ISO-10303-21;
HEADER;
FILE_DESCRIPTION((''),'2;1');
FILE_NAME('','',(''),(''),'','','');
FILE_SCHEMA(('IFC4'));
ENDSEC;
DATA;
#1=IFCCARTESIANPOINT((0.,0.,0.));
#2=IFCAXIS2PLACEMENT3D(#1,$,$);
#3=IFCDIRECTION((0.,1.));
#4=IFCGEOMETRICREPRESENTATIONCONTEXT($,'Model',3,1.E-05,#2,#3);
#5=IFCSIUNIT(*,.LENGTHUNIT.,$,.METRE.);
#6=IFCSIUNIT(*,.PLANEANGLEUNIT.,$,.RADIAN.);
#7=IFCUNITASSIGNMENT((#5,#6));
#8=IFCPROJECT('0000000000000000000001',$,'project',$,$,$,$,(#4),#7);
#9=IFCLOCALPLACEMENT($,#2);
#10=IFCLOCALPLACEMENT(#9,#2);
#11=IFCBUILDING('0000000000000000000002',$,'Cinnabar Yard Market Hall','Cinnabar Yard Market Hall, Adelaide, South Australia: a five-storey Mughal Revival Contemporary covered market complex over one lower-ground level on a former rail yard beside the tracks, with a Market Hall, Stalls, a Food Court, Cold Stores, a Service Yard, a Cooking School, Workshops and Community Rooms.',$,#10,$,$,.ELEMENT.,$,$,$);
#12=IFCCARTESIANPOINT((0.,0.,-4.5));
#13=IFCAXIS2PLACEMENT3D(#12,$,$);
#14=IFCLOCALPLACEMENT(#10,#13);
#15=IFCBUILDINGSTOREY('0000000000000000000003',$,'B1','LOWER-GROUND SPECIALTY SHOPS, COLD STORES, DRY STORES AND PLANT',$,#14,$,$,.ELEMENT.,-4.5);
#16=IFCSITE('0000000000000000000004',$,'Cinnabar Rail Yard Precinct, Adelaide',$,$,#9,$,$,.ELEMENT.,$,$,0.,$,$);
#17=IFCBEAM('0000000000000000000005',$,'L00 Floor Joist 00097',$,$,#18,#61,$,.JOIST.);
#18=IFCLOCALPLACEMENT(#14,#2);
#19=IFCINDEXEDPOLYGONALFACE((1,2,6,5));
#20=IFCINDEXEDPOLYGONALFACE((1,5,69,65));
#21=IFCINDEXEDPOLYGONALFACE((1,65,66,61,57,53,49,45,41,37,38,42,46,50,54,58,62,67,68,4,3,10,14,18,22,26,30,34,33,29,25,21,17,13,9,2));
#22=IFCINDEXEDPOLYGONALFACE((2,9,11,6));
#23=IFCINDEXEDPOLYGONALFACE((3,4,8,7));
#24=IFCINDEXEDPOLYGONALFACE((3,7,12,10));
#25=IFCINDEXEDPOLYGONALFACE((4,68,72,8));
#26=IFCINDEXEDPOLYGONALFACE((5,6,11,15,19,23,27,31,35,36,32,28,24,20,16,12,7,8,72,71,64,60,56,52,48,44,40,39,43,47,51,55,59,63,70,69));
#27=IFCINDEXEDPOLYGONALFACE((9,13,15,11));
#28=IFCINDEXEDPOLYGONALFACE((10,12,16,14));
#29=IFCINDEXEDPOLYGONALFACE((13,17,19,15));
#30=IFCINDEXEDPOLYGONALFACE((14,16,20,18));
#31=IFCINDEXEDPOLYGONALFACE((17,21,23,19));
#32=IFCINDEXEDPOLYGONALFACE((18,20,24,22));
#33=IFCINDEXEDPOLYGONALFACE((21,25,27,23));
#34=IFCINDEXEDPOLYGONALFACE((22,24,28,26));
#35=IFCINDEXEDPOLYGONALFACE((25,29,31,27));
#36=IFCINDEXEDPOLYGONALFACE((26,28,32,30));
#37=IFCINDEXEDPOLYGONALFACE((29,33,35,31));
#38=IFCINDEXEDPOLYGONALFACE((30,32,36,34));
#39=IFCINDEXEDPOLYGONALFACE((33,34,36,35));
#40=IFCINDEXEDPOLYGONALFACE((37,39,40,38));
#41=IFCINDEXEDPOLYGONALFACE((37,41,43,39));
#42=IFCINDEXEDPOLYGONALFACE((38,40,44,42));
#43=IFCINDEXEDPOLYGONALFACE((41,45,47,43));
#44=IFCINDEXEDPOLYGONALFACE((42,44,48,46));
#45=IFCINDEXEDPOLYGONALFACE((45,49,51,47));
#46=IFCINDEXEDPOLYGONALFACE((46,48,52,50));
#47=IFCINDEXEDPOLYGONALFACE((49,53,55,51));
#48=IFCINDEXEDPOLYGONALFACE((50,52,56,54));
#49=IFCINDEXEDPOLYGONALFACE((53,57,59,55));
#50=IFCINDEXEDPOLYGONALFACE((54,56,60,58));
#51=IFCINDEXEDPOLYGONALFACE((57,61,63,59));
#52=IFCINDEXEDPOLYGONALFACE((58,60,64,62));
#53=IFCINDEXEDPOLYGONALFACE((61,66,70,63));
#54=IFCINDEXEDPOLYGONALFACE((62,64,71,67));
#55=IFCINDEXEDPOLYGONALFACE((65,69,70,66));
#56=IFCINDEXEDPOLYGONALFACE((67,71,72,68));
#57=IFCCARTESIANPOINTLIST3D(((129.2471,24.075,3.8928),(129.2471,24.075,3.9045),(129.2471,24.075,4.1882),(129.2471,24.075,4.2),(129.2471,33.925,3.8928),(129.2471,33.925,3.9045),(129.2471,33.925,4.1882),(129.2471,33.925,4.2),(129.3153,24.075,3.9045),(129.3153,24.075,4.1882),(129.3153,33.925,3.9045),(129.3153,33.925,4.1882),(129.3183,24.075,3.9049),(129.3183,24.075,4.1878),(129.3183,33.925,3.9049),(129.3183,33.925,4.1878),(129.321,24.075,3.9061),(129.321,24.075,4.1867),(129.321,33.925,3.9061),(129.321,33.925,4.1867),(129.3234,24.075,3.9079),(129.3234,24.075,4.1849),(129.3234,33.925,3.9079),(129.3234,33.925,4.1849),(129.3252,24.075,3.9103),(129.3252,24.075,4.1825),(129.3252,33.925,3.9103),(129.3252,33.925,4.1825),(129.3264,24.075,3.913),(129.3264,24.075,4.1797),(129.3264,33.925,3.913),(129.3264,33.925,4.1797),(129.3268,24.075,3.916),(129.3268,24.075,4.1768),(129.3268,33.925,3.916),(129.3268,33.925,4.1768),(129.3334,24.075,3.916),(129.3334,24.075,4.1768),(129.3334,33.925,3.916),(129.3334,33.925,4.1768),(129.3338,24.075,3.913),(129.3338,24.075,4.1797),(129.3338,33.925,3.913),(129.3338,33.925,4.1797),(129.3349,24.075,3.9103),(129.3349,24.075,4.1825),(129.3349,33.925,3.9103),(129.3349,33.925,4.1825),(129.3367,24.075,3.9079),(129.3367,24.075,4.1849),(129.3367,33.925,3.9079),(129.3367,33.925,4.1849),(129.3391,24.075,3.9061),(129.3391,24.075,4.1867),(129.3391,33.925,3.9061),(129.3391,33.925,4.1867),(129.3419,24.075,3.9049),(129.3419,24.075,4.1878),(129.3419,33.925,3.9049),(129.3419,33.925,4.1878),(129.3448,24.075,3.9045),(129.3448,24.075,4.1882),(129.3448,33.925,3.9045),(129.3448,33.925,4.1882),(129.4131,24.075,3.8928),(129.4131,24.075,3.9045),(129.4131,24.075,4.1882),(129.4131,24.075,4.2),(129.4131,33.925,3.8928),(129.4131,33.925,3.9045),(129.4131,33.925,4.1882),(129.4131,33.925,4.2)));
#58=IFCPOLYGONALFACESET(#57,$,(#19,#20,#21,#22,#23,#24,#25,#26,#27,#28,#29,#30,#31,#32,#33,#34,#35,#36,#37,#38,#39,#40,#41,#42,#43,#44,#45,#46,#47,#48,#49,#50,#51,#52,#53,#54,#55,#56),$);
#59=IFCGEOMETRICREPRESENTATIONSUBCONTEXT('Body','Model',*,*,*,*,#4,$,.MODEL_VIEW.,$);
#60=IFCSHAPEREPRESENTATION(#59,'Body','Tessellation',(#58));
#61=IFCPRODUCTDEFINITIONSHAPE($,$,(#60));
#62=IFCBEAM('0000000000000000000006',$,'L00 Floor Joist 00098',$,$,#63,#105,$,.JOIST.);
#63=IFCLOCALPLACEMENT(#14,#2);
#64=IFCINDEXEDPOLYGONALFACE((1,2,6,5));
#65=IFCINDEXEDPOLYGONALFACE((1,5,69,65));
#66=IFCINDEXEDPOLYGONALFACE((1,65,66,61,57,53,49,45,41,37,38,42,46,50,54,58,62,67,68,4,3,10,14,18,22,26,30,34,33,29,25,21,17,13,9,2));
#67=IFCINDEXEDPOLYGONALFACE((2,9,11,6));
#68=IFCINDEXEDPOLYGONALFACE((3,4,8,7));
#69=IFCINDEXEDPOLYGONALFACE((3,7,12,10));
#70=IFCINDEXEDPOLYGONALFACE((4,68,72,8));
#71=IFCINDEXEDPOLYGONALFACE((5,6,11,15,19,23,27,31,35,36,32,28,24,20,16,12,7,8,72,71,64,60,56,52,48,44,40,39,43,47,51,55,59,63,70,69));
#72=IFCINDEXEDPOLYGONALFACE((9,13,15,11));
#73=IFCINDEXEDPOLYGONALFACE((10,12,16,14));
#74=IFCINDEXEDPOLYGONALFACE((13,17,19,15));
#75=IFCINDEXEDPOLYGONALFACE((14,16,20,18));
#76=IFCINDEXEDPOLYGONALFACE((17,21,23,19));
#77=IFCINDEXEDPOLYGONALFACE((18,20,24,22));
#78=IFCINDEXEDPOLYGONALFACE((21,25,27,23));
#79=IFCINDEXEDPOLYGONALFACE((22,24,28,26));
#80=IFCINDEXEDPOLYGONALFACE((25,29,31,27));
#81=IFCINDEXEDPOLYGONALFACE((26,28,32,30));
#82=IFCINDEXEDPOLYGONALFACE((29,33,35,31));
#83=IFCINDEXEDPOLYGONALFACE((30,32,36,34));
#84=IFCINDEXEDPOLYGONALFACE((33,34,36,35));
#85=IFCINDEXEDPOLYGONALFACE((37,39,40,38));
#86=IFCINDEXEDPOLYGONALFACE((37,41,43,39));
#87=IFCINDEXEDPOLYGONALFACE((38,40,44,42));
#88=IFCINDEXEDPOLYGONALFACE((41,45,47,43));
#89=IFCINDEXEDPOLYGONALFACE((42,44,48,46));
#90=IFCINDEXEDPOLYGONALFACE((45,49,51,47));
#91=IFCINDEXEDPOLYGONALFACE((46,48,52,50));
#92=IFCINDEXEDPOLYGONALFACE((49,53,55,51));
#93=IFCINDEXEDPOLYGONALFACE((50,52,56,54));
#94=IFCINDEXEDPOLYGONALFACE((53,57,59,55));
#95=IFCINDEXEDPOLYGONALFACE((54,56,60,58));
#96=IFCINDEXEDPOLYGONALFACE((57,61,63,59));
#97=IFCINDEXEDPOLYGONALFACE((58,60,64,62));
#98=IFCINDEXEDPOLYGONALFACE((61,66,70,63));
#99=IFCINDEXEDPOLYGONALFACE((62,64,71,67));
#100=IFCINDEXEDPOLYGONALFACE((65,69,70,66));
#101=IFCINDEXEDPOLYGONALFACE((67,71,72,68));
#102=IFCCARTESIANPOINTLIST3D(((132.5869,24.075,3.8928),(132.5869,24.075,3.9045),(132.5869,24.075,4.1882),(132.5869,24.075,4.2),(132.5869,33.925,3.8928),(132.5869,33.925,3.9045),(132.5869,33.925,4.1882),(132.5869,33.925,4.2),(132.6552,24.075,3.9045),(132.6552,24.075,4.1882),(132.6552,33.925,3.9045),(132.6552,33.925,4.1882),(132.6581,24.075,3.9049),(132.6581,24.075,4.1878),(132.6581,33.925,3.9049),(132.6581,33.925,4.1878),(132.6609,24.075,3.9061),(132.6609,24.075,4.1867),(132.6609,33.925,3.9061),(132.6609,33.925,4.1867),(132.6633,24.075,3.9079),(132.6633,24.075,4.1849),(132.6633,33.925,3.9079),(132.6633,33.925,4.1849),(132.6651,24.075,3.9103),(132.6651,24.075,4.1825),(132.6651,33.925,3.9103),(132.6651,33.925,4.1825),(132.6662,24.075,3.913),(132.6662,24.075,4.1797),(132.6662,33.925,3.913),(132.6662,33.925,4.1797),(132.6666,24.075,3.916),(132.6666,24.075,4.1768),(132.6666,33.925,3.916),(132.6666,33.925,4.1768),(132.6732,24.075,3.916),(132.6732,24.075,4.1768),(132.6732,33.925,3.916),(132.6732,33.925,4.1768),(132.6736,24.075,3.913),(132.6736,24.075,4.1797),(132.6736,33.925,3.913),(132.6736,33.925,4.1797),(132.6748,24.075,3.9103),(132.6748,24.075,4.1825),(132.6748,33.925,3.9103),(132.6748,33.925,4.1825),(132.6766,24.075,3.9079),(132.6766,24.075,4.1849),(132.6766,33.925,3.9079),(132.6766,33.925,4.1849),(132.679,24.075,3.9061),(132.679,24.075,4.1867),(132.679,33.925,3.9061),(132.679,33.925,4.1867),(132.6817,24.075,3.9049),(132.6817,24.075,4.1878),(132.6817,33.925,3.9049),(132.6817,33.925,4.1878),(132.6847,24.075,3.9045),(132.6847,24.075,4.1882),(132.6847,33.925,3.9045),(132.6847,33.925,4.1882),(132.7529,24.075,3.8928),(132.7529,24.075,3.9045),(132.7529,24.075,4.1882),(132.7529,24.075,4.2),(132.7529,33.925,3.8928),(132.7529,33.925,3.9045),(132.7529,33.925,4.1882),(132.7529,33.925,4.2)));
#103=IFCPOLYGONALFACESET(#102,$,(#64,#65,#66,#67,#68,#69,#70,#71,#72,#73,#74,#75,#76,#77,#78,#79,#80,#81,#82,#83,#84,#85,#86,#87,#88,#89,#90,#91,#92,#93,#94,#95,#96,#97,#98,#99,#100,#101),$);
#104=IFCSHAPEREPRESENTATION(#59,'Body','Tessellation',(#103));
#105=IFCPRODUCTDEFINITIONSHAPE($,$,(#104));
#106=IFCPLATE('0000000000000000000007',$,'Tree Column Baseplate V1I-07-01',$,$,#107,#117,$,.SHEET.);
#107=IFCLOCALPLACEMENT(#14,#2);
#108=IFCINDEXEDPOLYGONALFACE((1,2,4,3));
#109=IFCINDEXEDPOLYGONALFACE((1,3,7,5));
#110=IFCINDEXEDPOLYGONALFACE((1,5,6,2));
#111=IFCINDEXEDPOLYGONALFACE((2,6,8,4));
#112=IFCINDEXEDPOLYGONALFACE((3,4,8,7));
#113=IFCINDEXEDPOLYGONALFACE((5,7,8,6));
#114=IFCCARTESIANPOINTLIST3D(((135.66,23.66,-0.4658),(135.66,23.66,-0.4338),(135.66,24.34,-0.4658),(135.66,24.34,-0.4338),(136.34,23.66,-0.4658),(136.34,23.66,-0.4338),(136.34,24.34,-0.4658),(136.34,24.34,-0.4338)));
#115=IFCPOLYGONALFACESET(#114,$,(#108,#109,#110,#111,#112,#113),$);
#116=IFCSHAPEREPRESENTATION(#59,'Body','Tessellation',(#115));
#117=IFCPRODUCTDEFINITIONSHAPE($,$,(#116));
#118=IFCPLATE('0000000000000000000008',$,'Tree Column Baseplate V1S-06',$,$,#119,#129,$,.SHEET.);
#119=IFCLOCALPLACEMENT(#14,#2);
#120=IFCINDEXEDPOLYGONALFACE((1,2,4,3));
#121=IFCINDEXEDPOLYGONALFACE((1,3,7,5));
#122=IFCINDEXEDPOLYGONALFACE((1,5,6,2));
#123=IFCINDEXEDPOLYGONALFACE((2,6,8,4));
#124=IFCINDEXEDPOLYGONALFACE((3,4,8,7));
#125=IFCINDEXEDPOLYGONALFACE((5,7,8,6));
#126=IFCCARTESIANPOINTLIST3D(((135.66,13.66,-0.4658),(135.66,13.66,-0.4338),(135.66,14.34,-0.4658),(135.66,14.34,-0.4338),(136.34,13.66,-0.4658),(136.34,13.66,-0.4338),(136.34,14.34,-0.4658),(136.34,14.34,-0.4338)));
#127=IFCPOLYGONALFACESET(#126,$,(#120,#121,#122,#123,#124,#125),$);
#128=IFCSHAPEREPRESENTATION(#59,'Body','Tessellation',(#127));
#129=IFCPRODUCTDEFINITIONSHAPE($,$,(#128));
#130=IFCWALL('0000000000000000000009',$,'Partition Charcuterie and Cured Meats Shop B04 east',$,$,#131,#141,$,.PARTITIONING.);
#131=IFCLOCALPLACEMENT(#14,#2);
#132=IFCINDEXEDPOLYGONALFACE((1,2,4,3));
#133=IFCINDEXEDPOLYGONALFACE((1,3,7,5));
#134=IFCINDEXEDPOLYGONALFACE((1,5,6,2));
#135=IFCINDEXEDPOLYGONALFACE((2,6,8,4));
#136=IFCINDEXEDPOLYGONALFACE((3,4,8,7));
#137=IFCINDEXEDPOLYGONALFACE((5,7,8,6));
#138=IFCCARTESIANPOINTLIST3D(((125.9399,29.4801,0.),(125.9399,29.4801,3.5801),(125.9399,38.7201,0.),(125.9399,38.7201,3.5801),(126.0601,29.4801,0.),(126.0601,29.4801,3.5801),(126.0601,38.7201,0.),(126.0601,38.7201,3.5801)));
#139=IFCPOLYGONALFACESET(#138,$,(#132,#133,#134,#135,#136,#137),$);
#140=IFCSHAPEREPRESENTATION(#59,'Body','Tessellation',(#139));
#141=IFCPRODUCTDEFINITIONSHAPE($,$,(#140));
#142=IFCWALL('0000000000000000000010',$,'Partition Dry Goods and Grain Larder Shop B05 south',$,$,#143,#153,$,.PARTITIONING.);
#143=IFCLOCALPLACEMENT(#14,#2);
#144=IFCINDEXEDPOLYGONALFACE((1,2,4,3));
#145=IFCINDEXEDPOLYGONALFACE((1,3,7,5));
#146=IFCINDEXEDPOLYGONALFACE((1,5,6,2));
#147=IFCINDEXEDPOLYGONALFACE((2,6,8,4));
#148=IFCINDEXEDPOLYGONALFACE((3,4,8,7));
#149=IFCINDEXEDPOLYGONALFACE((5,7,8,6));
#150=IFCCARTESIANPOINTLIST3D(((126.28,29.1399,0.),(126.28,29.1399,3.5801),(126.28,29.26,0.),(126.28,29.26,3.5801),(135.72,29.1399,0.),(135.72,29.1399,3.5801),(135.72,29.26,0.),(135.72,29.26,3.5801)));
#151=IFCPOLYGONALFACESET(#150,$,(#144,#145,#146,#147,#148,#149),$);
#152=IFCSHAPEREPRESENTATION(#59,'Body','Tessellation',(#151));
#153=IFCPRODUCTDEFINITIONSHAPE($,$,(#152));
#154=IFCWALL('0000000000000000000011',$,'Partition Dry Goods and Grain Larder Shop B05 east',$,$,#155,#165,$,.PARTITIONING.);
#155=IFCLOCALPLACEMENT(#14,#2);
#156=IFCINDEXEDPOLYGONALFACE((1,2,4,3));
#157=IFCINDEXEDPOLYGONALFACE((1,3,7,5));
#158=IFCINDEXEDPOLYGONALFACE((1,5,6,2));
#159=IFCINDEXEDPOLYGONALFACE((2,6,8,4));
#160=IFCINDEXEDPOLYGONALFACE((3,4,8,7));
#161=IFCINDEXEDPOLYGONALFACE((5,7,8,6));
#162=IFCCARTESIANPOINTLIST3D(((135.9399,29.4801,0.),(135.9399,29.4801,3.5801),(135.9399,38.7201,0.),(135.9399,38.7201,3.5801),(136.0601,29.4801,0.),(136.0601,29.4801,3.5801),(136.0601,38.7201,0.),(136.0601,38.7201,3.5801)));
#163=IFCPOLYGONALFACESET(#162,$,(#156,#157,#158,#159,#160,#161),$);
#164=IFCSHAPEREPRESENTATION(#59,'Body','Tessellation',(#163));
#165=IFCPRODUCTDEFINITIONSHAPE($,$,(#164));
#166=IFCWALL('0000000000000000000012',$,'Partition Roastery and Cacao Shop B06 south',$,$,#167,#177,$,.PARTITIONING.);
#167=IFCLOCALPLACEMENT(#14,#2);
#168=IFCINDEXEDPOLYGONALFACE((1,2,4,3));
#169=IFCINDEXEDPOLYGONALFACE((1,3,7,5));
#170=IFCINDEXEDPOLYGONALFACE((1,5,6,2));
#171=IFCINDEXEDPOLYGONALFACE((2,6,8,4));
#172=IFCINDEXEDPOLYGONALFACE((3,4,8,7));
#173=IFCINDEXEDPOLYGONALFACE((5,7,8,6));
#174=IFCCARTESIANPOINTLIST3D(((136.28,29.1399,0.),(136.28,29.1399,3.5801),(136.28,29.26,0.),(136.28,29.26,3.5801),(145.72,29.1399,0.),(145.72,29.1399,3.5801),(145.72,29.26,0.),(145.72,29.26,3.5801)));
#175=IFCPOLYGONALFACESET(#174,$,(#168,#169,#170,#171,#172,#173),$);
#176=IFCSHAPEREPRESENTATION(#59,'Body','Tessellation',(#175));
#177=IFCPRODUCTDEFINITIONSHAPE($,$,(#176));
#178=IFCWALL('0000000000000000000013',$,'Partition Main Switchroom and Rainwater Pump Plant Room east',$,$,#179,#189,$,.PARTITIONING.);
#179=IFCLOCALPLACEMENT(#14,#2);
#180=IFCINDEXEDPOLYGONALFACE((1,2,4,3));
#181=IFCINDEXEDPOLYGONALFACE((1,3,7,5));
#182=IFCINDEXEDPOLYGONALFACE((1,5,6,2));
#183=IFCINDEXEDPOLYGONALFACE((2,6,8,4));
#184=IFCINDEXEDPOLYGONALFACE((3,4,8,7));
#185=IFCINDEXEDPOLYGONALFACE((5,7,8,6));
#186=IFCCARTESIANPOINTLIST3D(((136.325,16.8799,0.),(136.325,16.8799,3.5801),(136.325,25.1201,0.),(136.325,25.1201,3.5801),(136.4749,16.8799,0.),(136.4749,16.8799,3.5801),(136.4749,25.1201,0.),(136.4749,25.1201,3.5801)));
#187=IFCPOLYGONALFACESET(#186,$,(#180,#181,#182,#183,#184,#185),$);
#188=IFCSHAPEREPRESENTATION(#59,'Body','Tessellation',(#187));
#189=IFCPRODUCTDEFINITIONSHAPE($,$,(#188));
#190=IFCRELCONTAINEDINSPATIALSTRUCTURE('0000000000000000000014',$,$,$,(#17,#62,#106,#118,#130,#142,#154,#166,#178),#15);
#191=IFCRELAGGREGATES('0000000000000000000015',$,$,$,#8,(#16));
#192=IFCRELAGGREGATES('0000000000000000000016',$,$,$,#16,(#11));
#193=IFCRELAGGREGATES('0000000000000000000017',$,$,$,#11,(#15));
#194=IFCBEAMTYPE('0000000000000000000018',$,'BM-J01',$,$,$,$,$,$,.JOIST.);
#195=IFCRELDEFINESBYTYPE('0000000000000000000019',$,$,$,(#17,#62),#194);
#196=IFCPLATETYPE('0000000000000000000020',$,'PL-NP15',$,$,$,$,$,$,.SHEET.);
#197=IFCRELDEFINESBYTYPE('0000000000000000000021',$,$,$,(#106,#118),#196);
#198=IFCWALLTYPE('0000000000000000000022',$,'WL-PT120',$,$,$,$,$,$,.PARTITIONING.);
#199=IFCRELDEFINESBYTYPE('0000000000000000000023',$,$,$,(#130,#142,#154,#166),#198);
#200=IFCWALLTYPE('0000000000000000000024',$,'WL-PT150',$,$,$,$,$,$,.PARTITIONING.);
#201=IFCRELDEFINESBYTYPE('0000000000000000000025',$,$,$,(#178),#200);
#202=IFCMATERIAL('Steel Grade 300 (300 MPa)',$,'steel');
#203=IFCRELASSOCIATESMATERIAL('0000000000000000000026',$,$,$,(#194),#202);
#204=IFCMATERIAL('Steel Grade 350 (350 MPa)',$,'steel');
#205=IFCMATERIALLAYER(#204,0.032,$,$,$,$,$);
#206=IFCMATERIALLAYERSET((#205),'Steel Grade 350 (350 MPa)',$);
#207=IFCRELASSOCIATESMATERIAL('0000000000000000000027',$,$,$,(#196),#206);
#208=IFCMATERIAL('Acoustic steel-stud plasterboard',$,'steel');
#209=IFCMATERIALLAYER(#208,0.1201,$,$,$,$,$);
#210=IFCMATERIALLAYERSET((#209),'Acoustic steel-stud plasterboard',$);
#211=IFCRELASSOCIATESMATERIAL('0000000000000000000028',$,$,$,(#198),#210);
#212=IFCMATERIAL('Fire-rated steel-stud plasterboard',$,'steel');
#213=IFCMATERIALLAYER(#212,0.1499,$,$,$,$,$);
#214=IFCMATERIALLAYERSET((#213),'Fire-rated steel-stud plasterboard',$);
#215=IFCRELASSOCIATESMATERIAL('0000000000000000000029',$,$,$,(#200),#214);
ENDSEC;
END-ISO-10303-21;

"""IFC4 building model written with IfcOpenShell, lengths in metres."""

from ifc_helpers import new_model, si_unit, direction, frame, frame_2d, origin, origin_2d_with_axis, place, context, subcontext, project, spatial, rectangle, i_section, extrude, material, layer, layer_set, material_profile, profile_set, type_object, element, save


model = new_model("IFC4")

# Units and contexts
model_context = context("Model", 3, precision=1e-05, world=origin(), true_north=direction((0.0, 1.0)))
body_context = subcontext(model_context, "Body", "Model", "MODEL_VIEW")
ifc_project = project(units=[si_unit("LENGTHUNIT", "METRE"), si_unit("PLANEANGLEUNIT", "RADIAN")], contexts=[model_context])

# Site, building, storey
site_placement = place(None, origin())
site = spatial("IfcSite", under=ifc_project, at=site_placement, Name="Cinnabar Rail Yard Precinct, Adelaide", CompositionType="ELEMENT", RefElevation=0.0)
building_placement = place(site_placement, origin())
building = spatial("IfcBuilding", under=site, at=building_placement, Name="Cinnabar Yard Market Hall", Description="Cinnabar Yard Market Hall, Adelaide, South Australia: a five-storey Mughal Revival Contemporary covered market complex over one lower-ground level on a former rail yard beside the tracks, with a Market Hall, Stalls, a Food Court, Cold Stores, a Service Yard, a Cooking School, Workshops and Community Rooms.", CompositionType="ELEMENT")
storey_placement = place(building_placement, frame((0.0, 0.0, -4.5)))
storey = spatial("IfcBuildingStorey", under=building, at=storey_placement, Name="B1", Description="LOWER-GROUND SPECIALTY SHOPS, COLD STORES, DRY STORES AND PLANT", CompositionType="ELEMENT", Elevation=-4.5)

# Beams
ifc_material_1 = material(Name="Steel Grade 300 (300 MPa)", Category="steel")
ifc_material_profile_1 = material_profile(ifc_material_1, i_section(OverallWidth=0.166, OverallDepth=0.3071, WebThickness=0.0066, FlangeThickness=0.0117, FilletRadius=0.0115, at=origin_2d_with_axis()), Name="310UB46.2")
ifc_profile_set_1 = profile_set([ifc_material_profile_1], Name="Steel Grade 300 (300 MPa)")
beam_type_1 = type_object("IfcBeamType", Name="BM-J01", PredefinedType="JOIST", material=ifc_profile_set_1)
for number, where, z_axis, x_axis, name in (
    (1, (129.3301, 24.075, 4.0464), (0.0, 1.0, 0.0), (-1.0, 0.0, 0.0), "L00 Floor Joist 00097"),
    (2, (132.6699, 24.075, 4.0464), (0.0, 1.0, 0.0), (-1.0, 0.0, 0.0), "L00 Floor Joist 00098"),
):
    element("IfcBeam", number, at=place(storey_placement, frame(where, z_axis=z_axis, x_axis=x_axis)), inside=storey, type_object=beam_type_1, Name=name, PredefinedType="JOIST", context=body_context, shape_type="SweptSolid", body=[
        extrude(i_section(OverallWidth=0.166, OverallDepth=0.3071, WebThickness=0.0066, FlangeThickness=0.0117, FilletRadius=0.0115, at=origin_2d_with_axis()), origin(), (0.0, 0.0, 1.0), 9.8501),
    ])

# Plates
ifc_material_2 = material(Name="Steel Grade 350 (350 MPa)", Category="steel")
ifc_layer_1 = layer(ifc_material_2, 0.032)
ifc_layer_set_1 = layer_set([ifc_layer_1], Name="Steel Grade 350 (350 MPa)")
plate_type = type_object("IfcPlateType", Name="PL-NP15", PredefinedType="SHEET", material=ifc_layer_set_1)
for number, where, z_axis, x_axis, name in (
    (3, (136.0, 24.0, -0.4658), (0.0, 0.0, 1.0), (1.0, 0.0, 0.0), "Tree Column Baseplate V1I-07-01"),
    (4, (136.0, 14.0, -0.4658), (0.0, 0.0, 1.0), (1.0, 0.0, 0.0), "Tree Column Baseplate V1S-06"),
):
    element("IfcPlate", number, at=place(storey_placement, frame(where, z_axis=z_axis, x_axis=x_axis)), inside=storey, type_object=plate_type, Name=name, PredefinedType="SHEET", context=body_context, shape_type="SweptSolid", body=[
        extrude(rectangle(XDim=0.6799, YDim=0.6799, at=origin_2d_with_axis()), origin(), (0.0, 0.0, 1.0), 0.032),
    ])

# Walls
ifc_material_3 = material(Name="Acoustic steel-stud plasterboard", Category="steel")
ifc_layer_2 = layer(ifc_material_3, 0.1201)
ifc_layer_set_2 = layer_set([ifc_layer_2], Name="Acoustic steel-stud plasterboard")
wall_type_1 = type_object("IfcWallType", Name="WL-PT120", PredefinedType="PARTITIONING", material=ifc_layer_set_2)
wall_1_placement = place(storey_placement, frame((126.0, 29.48, 0.0), z_axis=(0.0, 0.0, 1.0), x_axis=(0.0, 1.0, 0.0)))
element("IfcWall", 5, at=wall_1_placement, inside=storey, type_object=wall_type_1, Name="Partition Charcuterie and Cured Meats Shop B04 east", PredefinedType="PARTITIONING", context=body_context, shape_type="SweptSolid", body=[
    extrude(rectangle(XDim=9.24, YDim=0.1201, at=frame_2d((4.6201, 0.0), x_axis=(1.0, 0.0))), origin(), (0.0, 0.0, 1.0), 3.5801),
])
wall_2_placement = place(storey_placement, frame((126.28, 29.2, 0.0), z_axis=(0.0, 0.0, 1.0), x_axis=(1.0, 0.0, 0.0)))
element("IfcWall", 6, at=wall_2_placement, inside=storey, type_object=wall_type_1, Name="Partition Dry Goods and Grain Larder Shop B05 south", PredefinedType="PARTITIONING", context=body_context, shape_type="SweptSolid", body=[
    extrude(rectangle(XDim=9.4399, YDim=0.1201, at=frame_2d((4.72, 0.0), x_axis=(1.0, 0.0))), origin(), (0.0, 0.0, 1.0), 3.5801),
])
wall_3_placement = place(storey_placement, frame((136.0, 29.48, 0.0), z_axis=(0.0, 0.0, 1.0), x_axis=(0.0, 1.0, 0.0)))
element("IfcWall", 7, at=wall_3_placement, inside=storey, type_object=wall_type_1, Name="Partition Dry Goods and Grain Larder Shop B05 east", PredefinedType="PARTITIONING", context=body_context, shape_type="SweptSolid", body=[
    extrude(rectangle(XDim=9.24, YDim=0.1201, at=frame_2d((4.6201, 0.0), x_axis=(1.0, 0.0))), origin(), (0.0, 0.0, 1.0), 3.5801),
])
wall_4_placement = place(storey_placement, frame((136.28, 29.2, 0.0), z_axis=(0.0, 0.0, 1.0), x_axis=(1.0, 0.0, 0.0)))
element("IfcWall", 8, at=wall_4_placement, inside=storey, type_object=wall_type_1, Name="Partition Roastery and Cacao Shop B06 south", PredefinedType="PARTITIONING", context=body_context, shape_type="SweptSolid", body=[
    extrude(rectangle(XDim=9.4399, YDim=0.1201, at=frame_2d((4.72, 0.0), x_axis=(1.0, 0.0))), origin(), (0.0, 0.0, 1.0), 3.5801),
])
ifc_material_4 = material(Name="Fire-rated steel-stud plasterboard", Category="steel")
ifc_layer_3 = layer(ifc_material_4, 0.1499)
ifc_layer_set_3 = layer_set([ifc_layer_3], Name="Fire-rated steel-stud plasterboard")
wall_type_2 = type_object("IfcWallType", Name="WL-PT150", PredefinedType="PARTITIONING", material=ifc_layer_set_3)
wall_5_placement = place(storey_placement, frame((136.3999, 16.8799, 0.0), z_axis=(0.0, 0.0, 1.0), x_axis=(0.0, 1.0, 0.0)))
element("IfcWall", 9, at=wall_5_placement, inside=storey, type_object=wall_type_2, Name="Partition Main Switchroom and Rainwater Pump Plant Room east", PredefinedType="PARTITIONING", context=body_context, shape_type="SweptSolid", body=[
    extrude(rectangle(XDim=8.2402, YDim=0.1499, at=frame_2d((4.1201, 0.0), x_axis=(1.0, 0.0))), origin(), (0.0, 0.0, 1.0), 3.5801),
])

save(model, "model.ifc")
